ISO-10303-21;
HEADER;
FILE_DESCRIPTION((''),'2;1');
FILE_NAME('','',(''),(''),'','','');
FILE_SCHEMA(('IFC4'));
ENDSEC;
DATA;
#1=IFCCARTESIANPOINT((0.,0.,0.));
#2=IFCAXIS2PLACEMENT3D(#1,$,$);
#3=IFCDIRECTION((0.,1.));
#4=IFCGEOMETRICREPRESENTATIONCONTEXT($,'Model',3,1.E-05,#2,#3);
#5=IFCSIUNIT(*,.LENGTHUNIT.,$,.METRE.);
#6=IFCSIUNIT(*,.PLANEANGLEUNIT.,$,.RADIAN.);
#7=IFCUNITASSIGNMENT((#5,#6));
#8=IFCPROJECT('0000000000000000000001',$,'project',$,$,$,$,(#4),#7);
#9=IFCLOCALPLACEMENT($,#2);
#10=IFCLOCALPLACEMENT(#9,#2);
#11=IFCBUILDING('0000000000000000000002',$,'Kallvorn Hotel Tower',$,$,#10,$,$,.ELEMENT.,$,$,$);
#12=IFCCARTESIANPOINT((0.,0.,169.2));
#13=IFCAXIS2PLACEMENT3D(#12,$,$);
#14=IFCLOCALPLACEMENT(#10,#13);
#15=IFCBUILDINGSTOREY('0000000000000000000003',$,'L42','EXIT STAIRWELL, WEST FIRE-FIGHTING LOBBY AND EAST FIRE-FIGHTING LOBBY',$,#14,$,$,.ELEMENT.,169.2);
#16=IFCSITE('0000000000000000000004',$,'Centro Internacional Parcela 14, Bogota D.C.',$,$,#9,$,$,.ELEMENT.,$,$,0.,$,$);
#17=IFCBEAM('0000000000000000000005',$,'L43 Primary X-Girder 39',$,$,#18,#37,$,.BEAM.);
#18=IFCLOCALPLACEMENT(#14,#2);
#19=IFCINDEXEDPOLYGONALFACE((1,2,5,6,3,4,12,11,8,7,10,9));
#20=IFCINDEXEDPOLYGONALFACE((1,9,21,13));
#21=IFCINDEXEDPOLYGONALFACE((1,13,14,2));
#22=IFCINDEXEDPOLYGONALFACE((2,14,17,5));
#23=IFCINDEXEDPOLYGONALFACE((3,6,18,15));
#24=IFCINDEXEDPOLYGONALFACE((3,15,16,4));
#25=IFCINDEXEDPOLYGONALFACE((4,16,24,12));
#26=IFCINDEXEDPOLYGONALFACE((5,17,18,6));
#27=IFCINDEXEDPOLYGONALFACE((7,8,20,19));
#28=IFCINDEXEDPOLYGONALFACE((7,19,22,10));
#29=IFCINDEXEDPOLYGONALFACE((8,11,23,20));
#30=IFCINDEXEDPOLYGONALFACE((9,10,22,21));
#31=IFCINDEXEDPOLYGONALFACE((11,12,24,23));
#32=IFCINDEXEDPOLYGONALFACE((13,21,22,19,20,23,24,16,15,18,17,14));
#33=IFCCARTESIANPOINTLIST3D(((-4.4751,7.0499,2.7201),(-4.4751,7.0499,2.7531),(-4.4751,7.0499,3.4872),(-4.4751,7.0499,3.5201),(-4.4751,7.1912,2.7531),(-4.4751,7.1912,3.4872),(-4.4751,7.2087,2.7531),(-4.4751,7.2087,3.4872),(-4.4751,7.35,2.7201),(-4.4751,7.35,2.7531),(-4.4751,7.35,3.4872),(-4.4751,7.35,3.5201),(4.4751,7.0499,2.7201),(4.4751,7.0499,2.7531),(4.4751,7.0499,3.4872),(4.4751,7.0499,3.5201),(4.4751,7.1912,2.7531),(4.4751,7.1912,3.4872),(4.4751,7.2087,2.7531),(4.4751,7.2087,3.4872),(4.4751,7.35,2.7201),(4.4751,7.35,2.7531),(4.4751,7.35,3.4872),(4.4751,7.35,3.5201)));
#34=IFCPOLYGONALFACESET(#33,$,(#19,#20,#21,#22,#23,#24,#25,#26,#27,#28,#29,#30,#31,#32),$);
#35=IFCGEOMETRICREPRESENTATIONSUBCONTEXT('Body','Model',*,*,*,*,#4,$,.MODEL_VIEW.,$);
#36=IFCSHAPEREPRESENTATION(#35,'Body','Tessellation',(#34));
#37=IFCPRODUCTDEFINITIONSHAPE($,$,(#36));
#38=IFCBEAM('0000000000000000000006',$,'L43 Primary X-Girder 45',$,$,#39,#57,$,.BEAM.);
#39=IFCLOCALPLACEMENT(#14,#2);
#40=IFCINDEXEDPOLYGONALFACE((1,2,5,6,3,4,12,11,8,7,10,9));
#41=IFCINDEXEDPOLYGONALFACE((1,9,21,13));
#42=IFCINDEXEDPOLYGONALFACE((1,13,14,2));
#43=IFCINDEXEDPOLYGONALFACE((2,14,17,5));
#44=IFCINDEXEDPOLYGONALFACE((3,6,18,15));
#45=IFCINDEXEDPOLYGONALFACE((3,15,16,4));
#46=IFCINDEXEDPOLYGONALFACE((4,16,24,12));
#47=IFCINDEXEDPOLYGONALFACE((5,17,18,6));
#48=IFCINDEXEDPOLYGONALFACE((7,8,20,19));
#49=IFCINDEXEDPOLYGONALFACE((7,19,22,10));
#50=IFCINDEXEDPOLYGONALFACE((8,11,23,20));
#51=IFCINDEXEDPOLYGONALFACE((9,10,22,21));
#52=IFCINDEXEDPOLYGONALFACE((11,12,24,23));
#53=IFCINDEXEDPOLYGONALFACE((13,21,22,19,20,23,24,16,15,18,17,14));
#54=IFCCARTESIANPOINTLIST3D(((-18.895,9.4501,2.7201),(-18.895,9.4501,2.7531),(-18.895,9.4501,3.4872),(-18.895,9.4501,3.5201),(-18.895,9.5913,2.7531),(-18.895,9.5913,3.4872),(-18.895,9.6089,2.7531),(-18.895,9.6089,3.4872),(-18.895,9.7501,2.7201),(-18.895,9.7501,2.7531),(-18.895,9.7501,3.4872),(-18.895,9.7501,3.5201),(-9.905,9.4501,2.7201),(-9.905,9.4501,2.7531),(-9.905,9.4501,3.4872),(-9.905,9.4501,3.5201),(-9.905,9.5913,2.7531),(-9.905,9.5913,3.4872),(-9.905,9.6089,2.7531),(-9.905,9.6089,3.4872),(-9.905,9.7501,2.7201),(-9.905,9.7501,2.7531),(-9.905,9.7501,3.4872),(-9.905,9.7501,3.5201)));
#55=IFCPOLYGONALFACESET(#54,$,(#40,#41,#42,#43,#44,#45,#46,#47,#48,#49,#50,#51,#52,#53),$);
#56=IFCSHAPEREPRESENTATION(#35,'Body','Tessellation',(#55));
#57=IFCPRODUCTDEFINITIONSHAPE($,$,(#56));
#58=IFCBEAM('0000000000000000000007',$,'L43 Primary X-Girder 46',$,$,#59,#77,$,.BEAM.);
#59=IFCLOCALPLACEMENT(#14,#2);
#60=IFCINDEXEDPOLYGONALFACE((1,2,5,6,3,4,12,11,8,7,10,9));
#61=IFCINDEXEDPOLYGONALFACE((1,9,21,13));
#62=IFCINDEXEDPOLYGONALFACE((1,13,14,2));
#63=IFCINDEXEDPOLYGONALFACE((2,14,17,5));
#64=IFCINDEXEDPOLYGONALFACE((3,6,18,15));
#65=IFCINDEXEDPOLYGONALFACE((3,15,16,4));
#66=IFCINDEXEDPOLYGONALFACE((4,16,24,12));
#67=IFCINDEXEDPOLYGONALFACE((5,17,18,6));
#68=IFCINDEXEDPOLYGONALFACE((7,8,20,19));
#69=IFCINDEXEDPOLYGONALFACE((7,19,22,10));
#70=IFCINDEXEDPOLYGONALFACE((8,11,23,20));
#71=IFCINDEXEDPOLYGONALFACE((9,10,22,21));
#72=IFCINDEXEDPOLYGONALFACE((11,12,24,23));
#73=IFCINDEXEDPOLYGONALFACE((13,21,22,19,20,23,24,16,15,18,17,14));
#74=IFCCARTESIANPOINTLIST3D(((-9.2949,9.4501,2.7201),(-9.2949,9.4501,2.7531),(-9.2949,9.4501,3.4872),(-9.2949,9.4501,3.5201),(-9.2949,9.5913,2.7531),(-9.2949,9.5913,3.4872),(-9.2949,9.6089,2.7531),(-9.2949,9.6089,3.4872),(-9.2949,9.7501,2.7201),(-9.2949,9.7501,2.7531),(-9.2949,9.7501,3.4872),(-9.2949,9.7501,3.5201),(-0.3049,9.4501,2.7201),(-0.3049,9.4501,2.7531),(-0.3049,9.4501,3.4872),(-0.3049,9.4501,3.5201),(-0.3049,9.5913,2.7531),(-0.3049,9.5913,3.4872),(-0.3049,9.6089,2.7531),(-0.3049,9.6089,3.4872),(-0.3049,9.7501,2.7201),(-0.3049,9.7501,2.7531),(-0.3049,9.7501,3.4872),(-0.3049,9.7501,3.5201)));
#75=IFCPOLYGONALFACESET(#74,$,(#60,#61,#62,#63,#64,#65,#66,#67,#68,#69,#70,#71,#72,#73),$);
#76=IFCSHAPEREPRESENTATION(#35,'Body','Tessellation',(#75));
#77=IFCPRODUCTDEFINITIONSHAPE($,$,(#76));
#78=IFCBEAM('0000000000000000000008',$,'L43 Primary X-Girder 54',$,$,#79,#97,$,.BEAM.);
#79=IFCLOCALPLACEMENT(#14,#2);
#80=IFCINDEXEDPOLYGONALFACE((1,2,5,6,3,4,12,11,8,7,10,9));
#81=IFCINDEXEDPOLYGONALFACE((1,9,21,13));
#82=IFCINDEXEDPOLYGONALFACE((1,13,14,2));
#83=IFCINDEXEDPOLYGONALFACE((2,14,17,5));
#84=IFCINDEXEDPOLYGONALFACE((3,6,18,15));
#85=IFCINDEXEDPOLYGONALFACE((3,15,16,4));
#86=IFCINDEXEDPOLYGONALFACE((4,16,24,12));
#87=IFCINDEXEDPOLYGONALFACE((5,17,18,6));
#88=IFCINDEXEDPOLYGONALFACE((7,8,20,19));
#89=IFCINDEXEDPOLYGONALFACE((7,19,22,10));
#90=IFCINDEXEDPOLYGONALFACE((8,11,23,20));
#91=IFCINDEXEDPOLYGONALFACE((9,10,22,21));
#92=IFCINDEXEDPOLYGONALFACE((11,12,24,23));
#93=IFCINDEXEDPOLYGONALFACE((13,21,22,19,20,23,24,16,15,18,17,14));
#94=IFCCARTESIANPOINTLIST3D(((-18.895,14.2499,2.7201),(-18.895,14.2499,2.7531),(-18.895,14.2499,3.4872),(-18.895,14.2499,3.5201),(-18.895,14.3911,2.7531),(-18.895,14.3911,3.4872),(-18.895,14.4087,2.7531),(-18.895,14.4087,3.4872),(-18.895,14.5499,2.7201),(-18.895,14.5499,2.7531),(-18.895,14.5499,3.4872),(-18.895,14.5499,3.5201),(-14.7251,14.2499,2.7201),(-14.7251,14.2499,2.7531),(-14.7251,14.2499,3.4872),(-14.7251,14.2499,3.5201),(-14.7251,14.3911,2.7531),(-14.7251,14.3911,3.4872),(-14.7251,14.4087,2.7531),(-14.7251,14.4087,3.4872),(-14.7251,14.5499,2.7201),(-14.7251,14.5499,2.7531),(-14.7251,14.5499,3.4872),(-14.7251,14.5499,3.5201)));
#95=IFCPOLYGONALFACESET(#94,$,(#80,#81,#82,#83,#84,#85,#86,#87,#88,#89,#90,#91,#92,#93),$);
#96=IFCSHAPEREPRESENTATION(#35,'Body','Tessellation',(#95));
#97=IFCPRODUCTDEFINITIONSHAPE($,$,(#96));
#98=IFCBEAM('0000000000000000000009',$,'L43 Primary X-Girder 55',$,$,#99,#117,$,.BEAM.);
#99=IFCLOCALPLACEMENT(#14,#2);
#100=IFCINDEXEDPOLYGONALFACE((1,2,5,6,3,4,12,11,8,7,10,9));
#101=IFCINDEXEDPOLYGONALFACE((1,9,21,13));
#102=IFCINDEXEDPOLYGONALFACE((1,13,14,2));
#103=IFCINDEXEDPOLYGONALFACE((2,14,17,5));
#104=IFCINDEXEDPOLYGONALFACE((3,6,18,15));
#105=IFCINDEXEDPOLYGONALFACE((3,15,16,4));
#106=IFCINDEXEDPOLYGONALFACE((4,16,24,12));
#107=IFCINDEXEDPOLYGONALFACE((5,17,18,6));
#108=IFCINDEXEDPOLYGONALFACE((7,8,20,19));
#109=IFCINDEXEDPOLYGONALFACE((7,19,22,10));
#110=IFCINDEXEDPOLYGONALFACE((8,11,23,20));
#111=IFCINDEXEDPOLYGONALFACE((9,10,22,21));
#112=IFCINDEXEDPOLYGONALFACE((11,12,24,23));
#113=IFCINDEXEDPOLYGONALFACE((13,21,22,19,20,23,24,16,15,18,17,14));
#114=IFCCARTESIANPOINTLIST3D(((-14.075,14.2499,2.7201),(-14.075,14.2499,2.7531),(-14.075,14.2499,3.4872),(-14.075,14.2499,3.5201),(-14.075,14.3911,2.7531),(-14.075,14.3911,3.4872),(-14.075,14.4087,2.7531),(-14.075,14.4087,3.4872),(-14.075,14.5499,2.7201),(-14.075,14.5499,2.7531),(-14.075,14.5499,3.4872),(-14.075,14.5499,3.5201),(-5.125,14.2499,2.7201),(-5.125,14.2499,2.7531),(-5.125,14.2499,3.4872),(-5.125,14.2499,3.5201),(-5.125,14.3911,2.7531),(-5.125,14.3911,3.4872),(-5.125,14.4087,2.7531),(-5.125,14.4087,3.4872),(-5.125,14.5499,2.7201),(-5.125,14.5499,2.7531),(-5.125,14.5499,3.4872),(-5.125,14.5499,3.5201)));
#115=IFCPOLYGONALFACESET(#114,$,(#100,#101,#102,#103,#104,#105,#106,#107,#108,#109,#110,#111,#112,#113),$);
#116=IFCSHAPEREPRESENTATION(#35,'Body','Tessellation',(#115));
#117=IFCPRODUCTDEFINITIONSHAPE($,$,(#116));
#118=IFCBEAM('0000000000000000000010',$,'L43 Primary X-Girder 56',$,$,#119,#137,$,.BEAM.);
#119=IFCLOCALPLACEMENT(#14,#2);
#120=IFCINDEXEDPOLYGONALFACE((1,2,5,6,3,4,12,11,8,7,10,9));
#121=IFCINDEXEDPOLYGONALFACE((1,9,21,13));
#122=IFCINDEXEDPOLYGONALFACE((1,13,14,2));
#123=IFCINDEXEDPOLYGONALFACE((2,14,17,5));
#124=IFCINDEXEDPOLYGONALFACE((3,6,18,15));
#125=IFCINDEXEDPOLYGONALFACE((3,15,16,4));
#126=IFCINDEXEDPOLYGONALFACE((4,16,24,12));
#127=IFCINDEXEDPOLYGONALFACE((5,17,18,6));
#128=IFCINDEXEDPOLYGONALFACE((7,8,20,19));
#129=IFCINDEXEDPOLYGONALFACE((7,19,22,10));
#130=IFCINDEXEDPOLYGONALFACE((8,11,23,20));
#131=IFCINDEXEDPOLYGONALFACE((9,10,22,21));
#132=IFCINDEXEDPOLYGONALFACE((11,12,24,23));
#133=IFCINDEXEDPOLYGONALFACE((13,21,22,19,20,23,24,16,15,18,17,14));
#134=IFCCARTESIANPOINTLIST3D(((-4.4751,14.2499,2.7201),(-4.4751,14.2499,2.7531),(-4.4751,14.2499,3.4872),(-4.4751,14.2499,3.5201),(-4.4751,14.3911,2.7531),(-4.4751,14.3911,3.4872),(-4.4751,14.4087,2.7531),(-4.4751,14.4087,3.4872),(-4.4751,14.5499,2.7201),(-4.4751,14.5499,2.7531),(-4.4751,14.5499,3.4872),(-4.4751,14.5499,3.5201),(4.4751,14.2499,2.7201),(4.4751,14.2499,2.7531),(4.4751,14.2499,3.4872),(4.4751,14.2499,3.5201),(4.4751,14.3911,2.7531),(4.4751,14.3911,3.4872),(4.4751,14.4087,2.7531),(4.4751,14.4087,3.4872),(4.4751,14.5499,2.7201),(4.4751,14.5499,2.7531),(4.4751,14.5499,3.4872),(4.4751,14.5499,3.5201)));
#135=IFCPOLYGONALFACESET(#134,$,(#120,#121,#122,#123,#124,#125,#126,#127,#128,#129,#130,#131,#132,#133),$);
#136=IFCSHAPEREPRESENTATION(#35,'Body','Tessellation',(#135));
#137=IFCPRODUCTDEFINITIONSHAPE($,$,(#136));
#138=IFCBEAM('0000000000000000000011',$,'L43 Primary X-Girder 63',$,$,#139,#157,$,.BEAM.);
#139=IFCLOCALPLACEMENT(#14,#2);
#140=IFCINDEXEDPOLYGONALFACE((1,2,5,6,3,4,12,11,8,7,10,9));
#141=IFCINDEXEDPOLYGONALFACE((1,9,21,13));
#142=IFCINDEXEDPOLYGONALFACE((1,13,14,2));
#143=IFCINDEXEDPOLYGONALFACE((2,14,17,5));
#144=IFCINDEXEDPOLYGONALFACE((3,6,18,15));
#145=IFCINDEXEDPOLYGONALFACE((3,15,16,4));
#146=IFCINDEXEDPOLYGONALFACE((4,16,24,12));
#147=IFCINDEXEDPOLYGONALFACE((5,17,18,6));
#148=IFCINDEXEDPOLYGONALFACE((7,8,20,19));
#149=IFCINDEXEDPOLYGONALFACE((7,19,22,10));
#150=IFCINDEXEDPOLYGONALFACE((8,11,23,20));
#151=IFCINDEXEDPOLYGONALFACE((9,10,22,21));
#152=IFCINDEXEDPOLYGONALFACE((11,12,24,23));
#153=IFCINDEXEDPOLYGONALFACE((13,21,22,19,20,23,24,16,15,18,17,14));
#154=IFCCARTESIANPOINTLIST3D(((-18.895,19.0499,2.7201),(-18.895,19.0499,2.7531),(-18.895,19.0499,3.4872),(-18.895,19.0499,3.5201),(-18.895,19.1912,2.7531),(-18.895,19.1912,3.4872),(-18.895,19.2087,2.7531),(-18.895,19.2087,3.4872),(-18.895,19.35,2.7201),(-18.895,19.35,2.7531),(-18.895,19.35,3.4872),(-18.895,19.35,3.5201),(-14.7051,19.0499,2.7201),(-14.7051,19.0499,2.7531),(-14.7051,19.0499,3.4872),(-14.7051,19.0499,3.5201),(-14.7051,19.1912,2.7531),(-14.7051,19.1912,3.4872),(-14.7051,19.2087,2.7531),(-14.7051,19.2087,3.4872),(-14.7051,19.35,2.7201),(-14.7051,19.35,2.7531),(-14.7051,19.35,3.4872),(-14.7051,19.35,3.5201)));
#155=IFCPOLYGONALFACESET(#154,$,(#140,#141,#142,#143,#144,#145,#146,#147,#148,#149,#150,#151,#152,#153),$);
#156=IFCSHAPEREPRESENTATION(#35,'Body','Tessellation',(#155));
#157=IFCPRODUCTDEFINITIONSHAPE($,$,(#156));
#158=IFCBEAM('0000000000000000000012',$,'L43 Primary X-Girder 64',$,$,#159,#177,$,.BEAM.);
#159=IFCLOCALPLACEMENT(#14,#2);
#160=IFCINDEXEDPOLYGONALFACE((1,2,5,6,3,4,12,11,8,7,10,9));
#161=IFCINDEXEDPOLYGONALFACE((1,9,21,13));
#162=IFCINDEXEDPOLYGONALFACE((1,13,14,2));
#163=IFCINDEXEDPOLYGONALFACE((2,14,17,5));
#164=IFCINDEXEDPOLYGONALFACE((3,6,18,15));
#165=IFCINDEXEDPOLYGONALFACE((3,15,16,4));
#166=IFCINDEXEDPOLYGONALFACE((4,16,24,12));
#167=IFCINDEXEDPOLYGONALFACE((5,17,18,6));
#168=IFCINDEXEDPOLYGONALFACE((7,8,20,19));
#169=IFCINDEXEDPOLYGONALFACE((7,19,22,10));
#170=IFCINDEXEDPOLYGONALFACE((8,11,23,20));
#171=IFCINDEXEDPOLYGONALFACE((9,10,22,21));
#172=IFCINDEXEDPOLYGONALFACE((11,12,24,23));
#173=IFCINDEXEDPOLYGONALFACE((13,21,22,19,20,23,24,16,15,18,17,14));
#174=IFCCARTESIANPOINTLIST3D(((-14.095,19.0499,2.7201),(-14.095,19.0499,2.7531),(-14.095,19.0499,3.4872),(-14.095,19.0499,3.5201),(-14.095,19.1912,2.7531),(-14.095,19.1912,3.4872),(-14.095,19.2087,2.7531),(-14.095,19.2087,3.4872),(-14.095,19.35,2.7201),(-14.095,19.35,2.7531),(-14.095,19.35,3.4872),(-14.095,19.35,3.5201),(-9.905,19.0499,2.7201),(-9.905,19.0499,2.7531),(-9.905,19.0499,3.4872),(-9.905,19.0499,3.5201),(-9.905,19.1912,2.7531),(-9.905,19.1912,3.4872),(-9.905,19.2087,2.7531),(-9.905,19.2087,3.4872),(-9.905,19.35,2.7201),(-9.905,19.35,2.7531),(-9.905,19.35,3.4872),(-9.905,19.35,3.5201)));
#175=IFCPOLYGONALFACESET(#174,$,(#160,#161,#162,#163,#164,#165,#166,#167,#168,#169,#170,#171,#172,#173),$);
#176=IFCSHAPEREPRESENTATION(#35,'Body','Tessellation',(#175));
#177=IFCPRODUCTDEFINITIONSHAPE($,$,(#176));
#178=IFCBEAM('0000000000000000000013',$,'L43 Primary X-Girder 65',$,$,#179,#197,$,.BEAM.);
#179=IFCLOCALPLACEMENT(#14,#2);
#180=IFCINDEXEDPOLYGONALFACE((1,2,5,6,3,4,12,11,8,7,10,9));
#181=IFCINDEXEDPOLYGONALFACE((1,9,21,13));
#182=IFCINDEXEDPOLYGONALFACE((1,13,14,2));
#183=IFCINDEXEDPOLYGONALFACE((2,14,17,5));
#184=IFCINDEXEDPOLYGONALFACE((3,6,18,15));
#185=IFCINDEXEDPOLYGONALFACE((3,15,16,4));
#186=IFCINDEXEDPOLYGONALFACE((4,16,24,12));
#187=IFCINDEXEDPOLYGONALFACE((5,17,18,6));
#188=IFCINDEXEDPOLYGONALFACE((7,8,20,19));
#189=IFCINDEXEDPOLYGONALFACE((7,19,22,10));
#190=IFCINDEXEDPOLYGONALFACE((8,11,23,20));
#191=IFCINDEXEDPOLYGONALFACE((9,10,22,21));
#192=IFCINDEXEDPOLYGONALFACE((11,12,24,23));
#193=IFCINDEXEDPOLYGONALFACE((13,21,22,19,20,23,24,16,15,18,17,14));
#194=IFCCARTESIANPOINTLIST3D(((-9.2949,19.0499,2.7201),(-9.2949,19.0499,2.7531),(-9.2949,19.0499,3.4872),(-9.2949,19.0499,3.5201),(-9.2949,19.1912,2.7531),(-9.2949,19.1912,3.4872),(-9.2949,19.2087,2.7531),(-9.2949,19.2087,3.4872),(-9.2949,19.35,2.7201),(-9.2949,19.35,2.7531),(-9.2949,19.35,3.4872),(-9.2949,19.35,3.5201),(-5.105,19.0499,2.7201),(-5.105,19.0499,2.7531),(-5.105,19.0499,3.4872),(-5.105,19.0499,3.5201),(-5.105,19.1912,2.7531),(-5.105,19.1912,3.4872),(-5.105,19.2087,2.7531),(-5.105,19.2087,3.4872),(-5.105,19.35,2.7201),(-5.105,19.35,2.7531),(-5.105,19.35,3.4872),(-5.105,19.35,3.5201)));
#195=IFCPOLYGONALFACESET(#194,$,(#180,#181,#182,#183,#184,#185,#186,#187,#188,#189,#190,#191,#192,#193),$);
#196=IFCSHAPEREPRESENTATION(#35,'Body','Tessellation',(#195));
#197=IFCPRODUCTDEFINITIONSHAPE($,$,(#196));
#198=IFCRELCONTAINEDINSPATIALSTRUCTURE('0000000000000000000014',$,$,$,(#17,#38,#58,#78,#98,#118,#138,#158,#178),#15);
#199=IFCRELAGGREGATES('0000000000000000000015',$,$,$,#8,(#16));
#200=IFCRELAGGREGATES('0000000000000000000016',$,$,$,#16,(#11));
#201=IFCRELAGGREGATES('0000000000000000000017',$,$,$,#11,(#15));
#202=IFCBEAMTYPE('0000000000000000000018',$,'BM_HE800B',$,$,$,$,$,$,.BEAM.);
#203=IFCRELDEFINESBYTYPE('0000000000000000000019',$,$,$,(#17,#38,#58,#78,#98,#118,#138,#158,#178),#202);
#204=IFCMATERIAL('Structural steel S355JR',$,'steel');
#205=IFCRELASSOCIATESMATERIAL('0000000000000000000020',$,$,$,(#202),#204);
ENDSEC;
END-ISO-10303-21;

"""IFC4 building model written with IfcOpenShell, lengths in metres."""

from ifc_helpers import new_model, si_unit, direction, frame, origin, origin_2d, place, context, subcontext, project, spatial, i_section, extrude, material, material_profile, profile_set, type_object, element, save


model = new_model("IFC4")

# Units and contexts
model_context = context("Model", 3, precision=1e-05, world=origin(), true_north=direction((0.0, 1.0)))
body_context = subcontext(model_context, "Body", "Model", "MODEL_VIEW")
ifc_project = project(units=[si_unit("LENGTHUNIT", "METRE"), si_unit("PLANEANGLEUNIT", "RADIAN")], contexts=[model_context])

# Site, building, storey
site_placement = place(None, origin())
site = spatial("IfcSite", under=ifc_project, at=site_placement, Name="Centro Internacional Parcela 14, Bogota D.C.", CompositionType="ELEMENT", RefElevation=0.0)
building_placement = place(site_placement, origin())
building = spatial("IfcBuilding", under=site, at=building_placement, Name="Kallvorn Hotel Tower", CompositionType="ELEMENT")
storey_placement = place(building_placement, frame((0.0, 0.0, 169.2)))
storey = spatial("IfcBuildingStorey", under=building, at=storey_placement, Name="L42", Description="EXIT STAIRWELL, WEST FIRE-FIGHTING LOBBY AND EAST FIRE-FIGHTING LOBBY", CompositionType="ELEMENT", Elevation=169.2)

# Beams
ifc_material_1 = material(Name="Structural steel S355JR", Category="steel")
ifc_material_profile_1 = material_profile(ifc_material_1, i_section(OverallWidth=0.3, OverallDepth=0.8, WebThickness=0.0176, FlangeThickness=0.033, at=origin_2d()), Name="HE 800 B")
ifc_profile_set_1 = profile_set([ifc_material_profile_1], Name="Structural steel S355JR")
beam_type_1 = type_object("IfcBeamType", Name="BM_HE800B", PredefinedType="BEAM", material=ifc_profile_set_1)
beam_1_placement = place(storey_placement, frame((-4.4751, 7.2, 3.1201), z_axis=(1.0, 0.0, 0.0), x_axis=(0.0, 1.0, 0.0)))
element("IfcBeam", 1, at=beam_1_placement, inside=storey, type_object=beam_type_1, Name="L43 Primary X-Girder 39", PredefinedType="BEAM", context=body_context, shape_type="SweptSolid", body=[
    extrude(i_section(OverallWidth=0.3, OverallDepth=0.8, WebThickness=0.0176, FlangeThickness=0.033, at=origin_2d()), origin(), (0.0, 0.0, 1.0), 8.9502),
])
for number, where, z_axis, x_axis, name in (
    (2, (-18.895, 9.6001, 3.1201), (1.0, 0.0, 0.0), (0.0, 1.0, 0.0), "L43 Primary X-Girder 45"),
    (3, (-9.2949, 9.6001, 3.1201), (1.0, 0.0, 0.0), (0.0, 1.0, 0.0), "L43 Primary X-Girder 46"),
):
    element("IfcBeam", number, at=place(storey_placement, frame(where, z_axis=z_axis, x_axis=x_axis)), inside=storey, type_object=beam_type_1, Name=name, PredefinedType="BEAM", context=body_context, shape_type="SweptSolid", body=[
        extrude(i_section(OverallWidth=0.3, OverallDepth=0.8, WebThickness=0.0176, FlangeThickness=0.033, at=origin_2d()), origin(), (0.0, 0.0, 1.0), 8.99),
    ])
beam_2_placement = place(storey_placement, frame((-18.895, 14.3999, 3.1201), z_axis=(1.0, 0.0, 0.0), x_axis=(0.0, 1.0, 0.0)))
element("IfcBeam", 4, at=beam_2_placement, inside=storey, type_object=beam_type_1, Name="L43 Primary X-Girder 54", PredefinedType="BEAM", context=body_context, shape_type="SweptSolid", body=[
    extrude(i_section(OverallWidth=0.3, OverallDepth=0.8, WebThickness=0.0176, FlangeThickness=0.033, at=origin_2d()), origin(), (0.0, 0.0, 1.0), 4.1699),
])
beam_3_placement = place(storey_placement, frame((-14.075, 14.3999, 3.1201), z_axis=(1.0, 0.0, 0.0), x_axis=(0.0, 1.0, 0.0)))
element("IfcBeam", 5, at=beam_3_placement, inside=storey, type_object=beam_type_1, Name="L43 Primary X-Girder 55", PredefinedType="BEAM", context=body_context, shape_type="SweptSolid", body=[
    extrude(i_section(OverallWidth=0.3, OverallDepth=0.8, WebThickness=0.0176, FlangeThickness=0.033, at=origin_2d()), origin(), (0.0, 0.0, 1.0), 8.95),
])
beam_4_placement = place(storey_placement, frame((-4.4751, 14.3999, 3.1201), z_axis=(1.0, 0.0, 0.0), x_axis=(0.0, 1.0, 0.0)))
element("IfcBeam", 6, at=beam_4_placement, inside=storey, type_object=beam_type_1, Name="L43 Primary X-Girder 56", PredefinedType="BEAM", context=body_context, shape_type="SweptSolid", body=[
    extrude(i_section(OverallWidth=0.3, OverallDepth=0.8, WebThickness=0.0176, FlangeThickness=0.033, at=origin_2d()), origin(), (0.0, 0.0, 1.0), 8.9502),
])
for number, where, z_axis, x_axis, name in (
    (7, (-18.895, 19.2, 3.1201), (1.0, 0.0, 0.0), (0.0, 1.0, 0.0), "L43 Primary X-Girder 63"),
    (8, (-14.095, 19.2, 3.1201), (1.0, 0.0, 0.0), (0.0, 1.0, 0.0), "L43 Primary X-Girder 64"),
    (9, (-9.2949, 19.2, 3.1201), (1.0, 0.0, 0.0), (0.0, 1.0, 0.0), "L43 Primary X-Girder 65"),
):
    element("IfcBeam", number, at=place(storey_placement, frame(where, z_axis=z_axis, x_axis=x_axis)), inside=storey, type_object=beam_type_1, Name=name, PredefinedType="BEAM", context=body_context, shape_type="SweptSolid", body=[
        extrude(i_section(OverallWidth=0.3, OverallDepth=0.8, WebThickness=0.0176, FlangeThickness=0.033, at=origin_2d()), origin(), (0.0, 0.0, 1.0), 4.1899),
    ])

save(model, "model.ifc")
